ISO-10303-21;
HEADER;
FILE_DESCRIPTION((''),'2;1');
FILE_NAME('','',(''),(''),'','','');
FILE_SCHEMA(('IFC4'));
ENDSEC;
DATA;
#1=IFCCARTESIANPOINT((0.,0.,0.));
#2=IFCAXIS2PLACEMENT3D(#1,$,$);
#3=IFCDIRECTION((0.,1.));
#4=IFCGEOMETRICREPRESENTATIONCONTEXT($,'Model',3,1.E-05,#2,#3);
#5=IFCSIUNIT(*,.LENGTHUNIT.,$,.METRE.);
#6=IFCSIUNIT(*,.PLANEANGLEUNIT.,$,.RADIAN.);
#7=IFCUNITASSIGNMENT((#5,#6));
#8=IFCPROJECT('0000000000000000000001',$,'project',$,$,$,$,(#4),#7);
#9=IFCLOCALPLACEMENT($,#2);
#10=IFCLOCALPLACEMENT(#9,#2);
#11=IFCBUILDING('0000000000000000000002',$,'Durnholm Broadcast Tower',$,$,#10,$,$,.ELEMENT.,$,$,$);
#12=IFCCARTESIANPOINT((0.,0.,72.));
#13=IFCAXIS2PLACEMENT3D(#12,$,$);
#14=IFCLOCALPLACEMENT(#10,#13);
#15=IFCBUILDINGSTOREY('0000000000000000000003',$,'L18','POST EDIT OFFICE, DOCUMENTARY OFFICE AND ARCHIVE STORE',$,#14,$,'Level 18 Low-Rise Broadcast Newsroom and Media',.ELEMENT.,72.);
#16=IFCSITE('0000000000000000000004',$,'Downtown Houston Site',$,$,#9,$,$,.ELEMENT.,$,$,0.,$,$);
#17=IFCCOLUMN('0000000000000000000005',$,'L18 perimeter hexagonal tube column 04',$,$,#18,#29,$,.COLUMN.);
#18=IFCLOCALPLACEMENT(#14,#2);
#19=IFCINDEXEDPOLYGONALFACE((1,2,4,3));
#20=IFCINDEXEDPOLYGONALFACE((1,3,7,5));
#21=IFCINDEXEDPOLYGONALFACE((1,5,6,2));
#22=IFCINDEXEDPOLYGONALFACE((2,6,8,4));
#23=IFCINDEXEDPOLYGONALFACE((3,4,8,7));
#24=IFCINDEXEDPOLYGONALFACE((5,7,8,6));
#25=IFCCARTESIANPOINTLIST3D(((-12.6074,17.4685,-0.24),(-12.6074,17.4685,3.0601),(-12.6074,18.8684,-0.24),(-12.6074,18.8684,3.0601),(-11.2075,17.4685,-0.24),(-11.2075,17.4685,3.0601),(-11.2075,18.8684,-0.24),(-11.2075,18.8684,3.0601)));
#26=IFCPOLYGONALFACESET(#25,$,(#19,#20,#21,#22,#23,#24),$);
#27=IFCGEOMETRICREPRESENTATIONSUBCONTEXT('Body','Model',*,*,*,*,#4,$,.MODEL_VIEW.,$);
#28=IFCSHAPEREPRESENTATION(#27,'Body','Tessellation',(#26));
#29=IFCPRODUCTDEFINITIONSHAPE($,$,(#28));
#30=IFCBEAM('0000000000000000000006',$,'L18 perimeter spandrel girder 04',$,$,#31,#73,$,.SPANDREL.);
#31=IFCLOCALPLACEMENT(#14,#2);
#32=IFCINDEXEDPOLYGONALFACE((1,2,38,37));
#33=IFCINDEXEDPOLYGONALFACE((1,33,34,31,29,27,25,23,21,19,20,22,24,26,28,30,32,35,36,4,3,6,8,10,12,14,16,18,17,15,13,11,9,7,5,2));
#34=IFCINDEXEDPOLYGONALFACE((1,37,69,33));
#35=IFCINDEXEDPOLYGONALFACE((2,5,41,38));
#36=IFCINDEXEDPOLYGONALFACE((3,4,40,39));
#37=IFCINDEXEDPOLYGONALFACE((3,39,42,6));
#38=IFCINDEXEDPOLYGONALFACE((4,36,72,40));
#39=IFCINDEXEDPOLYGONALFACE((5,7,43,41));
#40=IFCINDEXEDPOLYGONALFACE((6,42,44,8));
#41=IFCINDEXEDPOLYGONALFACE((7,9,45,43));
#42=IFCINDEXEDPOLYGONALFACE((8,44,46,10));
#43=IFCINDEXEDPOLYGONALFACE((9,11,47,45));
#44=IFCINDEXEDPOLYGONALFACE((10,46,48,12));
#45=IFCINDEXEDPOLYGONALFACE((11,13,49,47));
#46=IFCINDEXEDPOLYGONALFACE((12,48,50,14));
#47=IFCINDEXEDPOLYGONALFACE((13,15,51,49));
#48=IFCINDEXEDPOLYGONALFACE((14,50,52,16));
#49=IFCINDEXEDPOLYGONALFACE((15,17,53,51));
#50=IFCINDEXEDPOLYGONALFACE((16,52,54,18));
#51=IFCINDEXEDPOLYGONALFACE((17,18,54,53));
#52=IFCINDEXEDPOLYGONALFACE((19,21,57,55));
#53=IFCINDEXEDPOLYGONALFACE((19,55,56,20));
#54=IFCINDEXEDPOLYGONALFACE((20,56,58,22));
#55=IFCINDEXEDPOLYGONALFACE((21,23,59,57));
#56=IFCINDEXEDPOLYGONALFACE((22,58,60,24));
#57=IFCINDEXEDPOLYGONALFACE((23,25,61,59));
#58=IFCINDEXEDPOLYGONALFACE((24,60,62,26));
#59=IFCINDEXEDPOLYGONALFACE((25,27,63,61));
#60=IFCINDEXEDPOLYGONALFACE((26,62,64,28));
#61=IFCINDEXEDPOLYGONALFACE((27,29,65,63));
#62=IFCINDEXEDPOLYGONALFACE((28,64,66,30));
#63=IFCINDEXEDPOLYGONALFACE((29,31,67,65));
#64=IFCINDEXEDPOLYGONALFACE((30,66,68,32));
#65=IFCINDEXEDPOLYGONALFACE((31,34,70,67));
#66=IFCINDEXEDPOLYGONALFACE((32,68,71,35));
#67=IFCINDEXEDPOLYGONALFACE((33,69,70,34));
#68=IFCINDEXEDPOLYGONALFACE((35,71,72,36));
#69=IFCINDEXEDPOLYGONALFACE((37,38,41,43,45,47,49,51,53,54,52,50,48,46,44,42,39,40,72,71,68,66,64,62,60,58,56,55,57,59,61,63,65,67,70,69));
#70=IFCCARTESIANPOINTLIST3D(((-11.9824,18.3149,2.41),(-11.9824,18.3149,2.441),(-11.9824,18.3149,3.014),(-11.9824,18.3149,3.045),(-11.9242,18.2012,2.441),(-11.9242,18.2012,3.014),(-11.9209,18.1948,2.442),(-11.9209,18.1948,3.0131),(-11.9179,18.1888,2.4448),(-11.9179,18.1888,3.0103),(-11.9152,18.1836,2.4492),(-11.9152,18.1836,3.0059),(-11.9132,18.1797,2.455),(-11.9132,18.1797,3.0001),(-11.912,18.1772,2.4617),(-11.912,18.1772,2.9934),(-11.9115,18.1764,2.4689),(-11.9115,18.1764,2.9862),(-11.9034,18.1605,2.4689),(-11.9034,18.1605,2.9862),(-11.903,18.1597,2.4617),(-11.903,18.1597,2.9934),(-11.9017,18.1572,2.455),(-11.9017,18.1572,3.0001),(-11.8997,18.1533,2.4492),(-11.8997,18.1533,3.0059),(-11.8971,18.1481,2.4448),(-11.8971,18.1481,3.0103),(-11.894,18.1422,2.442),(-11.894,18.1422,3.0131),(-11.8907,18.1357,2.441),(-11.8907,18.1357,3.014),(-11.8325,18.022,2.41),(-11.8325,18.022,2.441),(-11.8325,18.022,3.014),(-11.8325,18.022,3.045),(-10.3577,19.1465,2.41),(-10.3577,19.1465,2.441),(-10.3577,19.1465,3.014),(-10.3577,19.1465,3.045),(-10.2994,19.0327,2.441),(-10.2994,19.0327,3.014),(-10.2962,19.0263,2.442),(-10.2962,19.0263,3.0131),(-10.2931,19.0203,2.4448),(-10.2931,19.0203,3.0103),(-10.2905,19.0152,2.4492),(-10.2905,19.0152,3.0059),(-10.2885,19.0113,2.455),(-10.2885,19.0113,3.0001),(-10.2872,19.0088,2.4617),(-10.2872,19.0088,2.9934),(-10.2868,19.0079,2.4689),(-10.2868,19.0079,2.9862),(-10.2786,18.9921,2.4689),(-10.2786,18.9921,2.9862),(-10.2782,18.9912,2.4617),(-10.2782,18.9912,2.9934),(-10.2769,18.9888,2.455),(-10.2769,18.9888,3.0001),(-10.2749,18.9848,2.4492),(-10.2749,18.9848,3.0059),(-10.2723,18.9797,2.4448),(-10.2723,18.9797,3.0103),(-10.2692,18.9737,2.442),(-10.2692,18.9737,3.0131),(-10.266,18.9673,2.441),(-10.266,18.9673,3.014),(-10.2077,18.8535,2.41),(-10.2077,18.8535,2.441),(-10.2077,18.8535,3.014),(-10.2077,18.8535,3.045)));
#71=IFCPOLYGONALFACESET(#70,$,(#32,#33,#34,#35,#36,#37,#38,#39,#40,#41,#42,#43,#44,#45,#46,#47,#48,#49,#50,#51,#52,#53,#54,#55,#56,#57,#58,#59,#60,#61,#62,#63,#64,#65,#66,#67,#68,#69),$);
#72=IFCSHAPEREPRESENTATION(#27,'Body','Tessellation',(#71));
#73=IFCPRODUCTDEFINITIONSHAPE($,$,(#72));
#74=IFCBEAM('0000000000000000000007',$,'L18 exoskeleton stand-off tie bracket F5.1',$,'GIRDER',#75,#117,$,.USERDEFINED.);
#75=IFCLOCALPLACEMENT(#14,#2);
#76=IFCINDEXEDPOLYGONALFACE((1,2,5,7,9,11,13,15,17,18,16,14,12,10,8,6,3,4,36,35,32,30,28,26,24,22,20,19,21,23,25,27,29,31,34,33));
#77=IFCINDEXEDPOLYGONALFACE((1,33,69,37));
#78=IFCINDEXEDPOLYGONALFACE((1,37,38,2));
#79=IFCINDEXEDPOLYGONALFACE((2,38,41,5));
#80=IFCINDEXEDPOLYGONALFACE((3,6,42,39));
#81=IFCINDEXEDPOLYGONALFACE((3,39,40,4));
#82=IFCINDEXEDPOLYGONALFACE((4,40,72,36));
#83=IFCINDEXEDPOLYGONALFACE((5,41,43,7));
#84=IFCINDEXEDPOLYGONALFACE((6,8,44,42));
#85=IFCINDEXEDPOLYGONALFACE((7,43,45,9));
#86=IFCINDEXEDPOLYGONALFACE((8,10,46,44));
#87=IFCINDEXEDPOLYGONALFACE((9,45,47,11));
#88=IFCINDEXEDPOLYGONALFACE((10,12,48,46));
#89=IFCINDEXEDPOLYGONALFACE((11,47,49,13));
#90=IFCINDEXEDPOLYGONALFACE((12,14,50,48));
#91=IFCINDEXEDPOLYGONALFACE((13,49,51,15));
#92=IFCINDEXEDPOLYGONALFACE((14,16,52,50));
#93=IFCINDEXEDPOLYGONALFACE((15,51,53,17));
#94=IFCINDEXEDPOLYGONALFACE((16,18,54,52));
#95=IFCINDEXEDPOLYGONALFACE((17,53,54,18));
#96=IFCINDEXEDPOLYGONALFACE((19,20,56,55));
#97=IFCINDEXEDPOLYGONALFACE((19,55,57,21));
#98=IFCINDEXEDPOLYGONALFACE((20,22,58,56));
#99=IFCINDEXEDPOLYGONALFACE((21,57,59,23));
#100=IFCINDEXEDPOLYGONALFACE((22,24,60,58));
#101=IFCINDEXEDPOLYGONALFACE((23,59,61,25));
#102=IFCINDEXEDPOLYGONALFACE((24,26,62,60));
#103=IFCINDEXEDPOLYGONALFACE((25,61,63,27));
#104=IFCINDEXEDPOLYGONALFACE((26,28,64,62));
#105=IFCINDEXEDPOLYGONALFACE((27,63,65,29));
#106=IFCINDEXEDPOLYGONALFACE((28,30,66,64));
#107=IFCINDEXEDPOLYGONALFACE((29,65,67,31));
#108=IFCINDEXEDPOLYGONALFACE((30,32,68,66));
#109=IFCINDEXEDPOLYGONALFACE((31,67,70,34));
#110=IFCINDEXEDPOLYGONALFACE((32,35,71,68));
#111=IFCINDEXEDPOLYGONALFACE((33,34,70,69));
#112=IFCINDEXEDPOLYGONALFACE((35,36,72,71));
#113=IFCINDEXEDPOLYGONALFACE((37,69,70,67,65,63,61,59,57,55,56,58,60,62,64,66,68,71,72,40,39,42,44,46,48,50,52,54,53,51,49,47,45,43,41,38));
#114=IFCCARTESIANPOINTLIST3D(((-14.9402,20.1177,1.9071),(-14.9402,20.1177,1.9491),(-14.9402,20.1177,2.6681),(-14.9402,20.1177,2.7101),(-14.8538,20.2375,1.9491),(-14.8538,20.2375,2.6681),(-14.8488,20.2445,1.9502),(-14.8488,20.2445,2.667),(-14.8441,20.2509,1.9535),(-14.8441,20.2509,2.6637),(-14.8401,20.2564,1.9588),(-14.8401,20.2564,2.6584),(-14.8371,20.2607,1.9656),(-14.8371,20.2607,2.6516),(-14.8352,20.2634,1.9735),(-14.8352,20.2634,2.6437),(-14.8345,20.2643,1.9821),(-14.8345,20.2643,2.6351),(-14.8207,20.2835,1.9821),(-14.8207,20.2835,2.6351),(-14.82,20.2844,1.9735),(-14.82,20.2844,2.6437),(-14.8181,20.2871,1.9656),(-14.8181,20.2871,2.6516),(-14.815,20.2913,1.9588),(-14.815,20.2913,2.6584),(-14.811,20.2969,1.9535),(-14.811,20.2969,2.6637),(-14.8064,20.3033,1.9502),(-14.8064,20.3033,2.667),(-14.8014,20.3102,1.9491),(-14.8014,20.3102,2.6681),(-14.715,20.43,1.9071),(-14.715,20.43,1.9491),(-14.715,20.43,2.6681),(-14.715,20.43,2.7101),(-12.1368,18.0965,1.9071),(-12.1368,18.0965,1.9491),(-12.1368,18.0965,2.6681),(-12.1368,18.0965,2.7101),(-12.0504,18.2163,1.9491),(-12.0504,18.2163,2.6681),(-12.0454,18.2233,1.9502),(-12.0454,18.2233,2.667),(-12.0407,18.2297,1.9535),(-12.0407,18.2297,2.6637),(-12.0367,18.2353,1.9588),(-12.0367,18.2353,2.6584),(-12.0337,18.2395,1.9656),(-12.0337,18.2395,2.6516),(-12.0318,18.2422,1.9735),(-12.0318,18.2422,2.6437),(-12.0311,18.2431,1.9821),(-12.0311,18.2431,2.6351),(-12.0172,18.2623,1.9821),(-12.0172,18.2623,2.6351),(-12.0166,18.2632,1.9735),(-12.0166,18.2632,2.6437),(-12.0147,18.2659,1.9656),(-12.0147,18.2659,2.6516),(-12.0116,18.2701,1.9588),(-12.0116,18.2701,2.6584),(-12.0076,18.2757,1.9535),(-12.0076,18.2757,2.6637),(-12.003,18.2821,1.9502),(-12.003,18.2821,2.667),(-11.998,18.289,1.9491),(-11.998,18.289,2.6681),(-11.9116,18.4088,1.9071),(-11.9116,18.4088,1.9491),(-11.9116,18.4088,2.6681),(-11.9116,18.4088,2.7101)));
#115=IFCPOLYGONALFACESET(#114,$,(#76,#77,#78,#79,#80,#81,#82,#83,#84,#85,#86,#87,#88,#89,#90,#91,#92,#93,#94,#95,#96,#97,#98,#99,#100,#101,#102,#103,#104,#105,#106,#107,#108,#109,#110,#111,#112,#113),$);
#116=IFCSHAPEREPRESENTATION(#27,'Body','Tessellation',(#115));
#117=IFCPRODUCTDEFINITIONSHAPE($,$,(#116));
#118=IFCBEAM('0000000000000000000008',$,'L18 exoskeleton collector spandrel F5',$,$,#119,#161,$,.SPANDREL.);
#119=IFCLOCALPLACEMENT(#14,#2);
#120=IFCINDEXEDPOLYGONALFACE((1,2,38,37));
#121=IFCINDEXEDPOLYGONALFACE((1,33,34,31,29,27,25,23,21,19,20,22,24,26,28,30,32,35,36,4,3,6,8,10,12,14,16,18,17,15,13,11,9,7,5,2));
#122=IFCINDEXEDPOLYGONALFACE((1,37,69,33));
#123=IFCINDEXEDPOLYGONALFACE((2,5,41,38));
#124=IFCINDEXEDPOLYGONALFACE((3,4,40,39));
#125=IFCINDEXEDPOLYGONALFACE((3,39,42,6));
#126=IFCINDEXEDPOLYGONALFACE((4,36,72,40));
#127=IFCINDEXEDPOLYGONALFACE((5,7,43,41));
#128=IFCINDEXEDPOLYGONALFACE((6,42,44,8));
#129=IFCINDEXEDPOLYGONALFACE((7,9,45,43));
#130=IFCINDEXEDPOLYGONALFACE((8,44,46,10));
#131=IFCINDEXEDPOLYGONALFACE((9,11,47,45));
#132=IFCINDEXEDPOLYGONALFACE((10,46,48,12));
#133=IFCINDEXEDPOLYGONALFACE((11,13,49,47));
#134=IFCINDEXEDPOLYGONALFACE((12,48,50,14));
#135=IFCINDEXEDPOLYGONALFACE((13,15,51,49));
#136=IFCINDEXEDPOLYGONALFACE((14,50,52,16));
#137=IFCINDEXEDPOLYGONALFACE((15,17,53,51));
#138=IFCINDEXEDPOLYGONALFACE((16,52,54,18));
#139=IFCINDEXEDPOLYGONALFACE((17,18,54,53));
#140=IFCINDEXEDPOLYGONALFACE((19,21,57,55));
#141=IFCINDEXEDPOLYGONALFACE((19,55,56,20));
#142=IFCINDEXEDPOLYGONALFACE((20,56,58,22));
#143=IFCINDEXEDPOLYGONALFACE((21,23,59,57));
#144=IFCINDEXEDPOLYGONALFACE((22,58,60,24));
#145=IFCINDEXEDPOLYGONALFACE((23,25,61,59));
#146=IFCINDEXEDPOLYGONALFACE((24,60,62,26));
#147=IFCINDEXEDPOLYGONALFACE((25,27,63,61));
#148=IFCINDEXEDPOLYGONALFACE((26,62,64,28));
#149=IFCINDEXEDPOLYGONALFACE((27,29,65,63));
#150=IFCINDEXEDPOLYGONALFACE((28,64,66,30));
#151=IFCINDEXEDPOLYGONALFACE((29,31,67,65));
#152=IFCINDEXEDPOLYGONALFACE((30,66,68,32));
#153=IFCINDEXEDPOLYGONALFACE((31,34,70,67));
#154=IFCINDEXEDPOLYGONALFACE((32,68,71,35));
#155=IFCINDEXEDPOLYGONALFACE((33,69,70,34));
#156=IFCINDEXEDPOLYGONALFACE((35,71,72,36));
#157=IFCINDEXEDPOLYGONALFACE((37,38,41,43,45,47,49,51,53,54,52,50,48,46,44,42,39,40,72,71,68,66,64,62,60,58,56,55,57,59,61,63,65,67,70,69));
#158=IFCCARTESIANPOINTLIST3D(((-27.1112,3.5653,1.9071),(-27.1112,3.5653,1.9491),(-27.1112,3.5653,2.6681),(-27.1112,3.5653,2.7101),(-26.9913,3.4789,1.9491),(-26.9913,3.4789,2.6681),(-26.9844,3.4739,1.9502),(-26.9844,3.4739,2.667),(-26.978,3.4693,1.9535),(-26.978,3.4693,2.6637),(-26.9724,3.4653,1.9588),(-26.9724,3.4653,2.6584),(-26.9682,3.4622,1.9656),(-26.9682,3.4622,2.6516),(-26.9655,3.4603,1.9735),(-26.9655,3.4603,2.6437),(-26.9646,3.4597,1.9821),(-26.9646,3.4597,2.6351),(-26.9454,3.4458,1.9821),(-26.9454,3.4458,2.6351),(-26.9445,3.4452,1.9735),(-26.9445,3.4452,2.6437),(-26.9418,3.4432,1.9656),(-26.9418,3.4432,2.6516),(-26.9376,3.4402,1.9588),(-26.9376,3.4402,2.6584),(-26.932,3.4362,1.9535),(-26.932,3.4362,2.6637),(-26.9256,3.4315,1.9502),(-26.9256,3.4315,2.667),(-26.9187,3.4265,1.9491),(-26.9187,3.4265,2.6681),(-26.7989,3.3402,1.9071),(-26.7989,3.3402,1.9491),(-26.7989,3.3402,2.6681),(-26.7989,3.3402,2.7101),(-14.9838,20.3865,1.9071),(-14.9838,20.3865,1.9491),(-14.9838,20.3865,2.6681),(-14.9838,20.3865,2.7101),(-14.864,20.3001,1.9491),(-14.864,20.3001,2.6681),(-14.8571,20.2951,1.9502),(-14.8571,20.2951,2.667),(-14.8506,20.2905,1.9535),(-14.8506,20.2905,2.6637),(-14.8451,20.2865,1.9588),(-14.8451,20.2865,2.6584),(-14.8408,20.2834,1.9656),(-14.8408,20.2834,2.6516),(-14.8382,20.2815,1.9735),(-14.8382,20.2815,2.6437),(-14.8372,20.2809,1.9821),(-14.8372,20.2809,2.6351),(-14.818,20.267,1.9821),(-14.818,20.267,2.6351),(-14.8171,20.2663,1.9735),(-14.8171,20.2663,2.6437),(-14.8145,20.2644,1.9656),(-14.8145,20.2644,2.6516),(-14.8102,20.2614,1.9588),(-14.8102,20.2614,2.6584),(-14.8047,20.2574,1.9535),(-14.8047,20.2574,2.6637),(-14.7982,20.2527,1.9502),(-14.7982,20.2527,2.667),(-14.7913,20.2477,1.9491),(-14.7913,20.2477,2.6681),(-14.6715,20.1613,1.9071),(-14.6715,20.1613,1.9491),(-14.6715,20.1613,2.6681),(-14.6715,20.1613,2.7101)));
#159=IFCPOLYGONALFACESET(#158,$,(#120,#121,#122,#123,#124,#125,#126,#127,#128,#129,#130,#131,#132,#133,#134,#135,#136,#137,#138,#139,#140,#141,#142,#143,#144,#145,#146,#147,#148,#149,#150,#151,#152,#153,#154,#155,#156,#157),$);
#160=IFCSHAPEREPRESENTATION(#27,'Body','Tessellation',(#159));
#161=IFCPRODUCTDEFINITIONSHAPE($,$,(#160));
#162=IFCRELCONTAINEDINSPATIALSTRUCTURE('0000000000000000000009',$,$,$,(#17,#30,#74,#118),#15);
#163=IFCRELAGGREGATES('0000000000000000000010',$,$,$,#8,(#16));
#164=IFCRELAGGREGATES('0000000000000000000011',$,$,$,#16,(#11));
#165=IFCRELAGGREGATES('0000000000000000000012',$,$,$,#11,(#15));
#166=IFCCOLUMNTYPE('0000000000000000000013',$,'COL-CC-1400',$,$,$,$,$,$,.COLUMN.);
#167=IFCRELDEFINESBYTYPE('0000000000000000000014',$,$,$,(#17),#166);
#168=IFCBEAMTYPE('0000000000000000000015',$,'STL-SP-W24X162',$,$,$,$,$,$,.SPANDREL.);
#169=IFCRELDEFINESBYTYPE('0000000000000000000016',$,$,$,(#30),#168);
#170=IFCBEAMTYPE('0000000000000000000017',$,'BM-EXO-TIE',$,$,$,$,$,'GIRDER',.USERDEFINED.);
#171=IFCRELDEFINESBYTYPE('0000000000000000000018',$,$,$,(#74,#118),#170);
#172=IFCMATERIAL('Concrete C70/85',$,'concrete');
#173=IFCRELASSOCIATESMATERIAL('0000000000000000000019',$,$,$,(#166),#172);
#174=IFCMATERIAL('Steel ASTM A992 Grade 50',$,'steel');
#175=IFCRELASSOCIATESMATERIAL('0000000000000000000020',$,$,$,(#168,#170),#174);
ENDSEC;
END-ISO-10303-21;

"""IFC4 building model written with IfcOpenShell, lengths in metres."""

from ifc_helpers import new_model, si_unit, direction, frame, origin, origin_2d, place, context, subcontext, project, spatial, rectangle, i_section, extrude, source, transform, mapped, material, material_profile, profile_set, type_object, type_shapes, element, save


model = new_model("IFC4")

# Units and contexts
model_context = context("Model", 3, precision=1e-05, world=origin(), true_north=direction((0.0, 1.0)))
body_context = subcontext(model_context, "Body", "Model", "MODEL_VIEW")
ifc_project = project(units=[si_unit("LENGTHUNIT", "METRE"), si_unit("PLANEANGLEUNIT", "RADIAN")], contexts=[model_context])

# Site, building, storey
site_placement = place(None, origin())
site = spatial("IfcSite", under=ifc_project, at=site_placement, Name="Downtown Houston Site", CompositionType="ELEMENT", RefElevation=0.0)
building_placement = place(site_placement, origin())
building = spatial("IfcBuilding", under=site, at=building_placement, Name="Durnholm Broadcast Tower", CompositionType="ELEMENT")
storey_placement = place(building_placement, frame((0.0, 0.0, 72.0)))
storey = spatial("IfcBuildingStorey", under=building, at=storey_placement, Name="L18", Description="POST EDIT OFFICE, DOCUMENTARY OFFICE AND ARCHIVE STORE", LongName="Level 18 Low-Rise Broadcast Newsroom and Media", CompositionType="ELEMENT", Elevation=72.0)

# Column
ifc_material_1 = material(Name="Concrete C70/85", Category="concrete")
ifc_material_profile_1 = material_profile(ifc_material_1, rectangle(XDim=1.3999, YDim=1.3999, at=origin_2d()), Name="RC1400X1400")
ifc_profile_set_1 = profile_set([ifc_material_profile_1], Name="Concrete C70/85")
column_type = type_object("IfcColumnType", Name="COL-CC-1400", PredefinedType="COLUMN", material=ifc_profile_set_1)
shared_shape_1 = source(origin(), body_context, "Body", "SweptSolid", [
    extrude(rectangle(XDim=1.3999, YDim=1.3999, at=origin_2d()), origin(), (0.0, 0.0, 1.0), 3.3),
])
type_shapes(column_type, [shared_shape_1])
column_placement = place(storey_placement, frame((-11.9075, 18.1685, -0.24), z_axis=(0.0, 0.0, 1.0), x_axis=(1.0, 0.0, 0.0)))
element("IfcColumn", 1, at=column_placement, inside=storey, type_object=column_type, Name="L18 perimeter hexagonal tube column 04", PredefinedType="COLUMN", context=body_context, shape_type="MappedRepresentation", body=[
    mapped(shared_shape_1, transform((0.0, 0.0, 0.0), x_axis=(1.0, 0.0, 0.0), y_axis=(0.0, 1.0, 0.0), z_axis=(0.0, 0.0, 1.0), scale=1.0)),
])

# Beams
ifc_material_2 = material(Name="Steel ASTM A992 Grade 50", Category="steel")
ifc_material_profile_2 = material_profile(ifc_material_2, i_section(OverallWidth=0.3291, OverallDepth=0.635, WebThickness=0.0178, FlangeThickness=0.031, FilletRadius=0.0278, at=origin_2d()), Name="W24X162")
ifc_profile_set_2 = profile_set([ifc_material_profile_2], Name="Steel ASTM A992 Grade 50")
beam_type_1 = type_object("IfcBeamType", Name="STL-SP-W24X162", PredefinedType="SPANDREL", material=ifc_profile_set_2)
shared_shape_2 = source(origin(), body_context, "Body", "SweptSolid", [
    extrude(i_section(OverallWidth=0.3291, OverallDepth=0.635, WebThickness=0.0178, FlangeThickness=0.031, FilletRadius=0.0278, at=origin_2d()), origin(), (0.0, 0.0, 1.0), 1.8252),
])
type_shapes(beam_type_1, [shared_shape_2])
beam_1_placement = place(storey_placement, frame((-11.9075, 18.1685, 2.7275), z_axis=(0.890188, 0.455594, 0.0), x_axis=(-0.455594, 0.890188, 0.0)))
element("IfcBeam", 2, at=beam_1_placement, inside=storey, type_object=beam_type_1, Name="L18 perimeter spandrel girder 04", PredefinedType="SPANDREL", context=body_context, shape_type="MappedRepresentation", body=[
    mapped(shared_shape_2, transform((0.0, 0.0, 0.0), x_axis=(1.0, 0.0, 0.0), y_axis=(0.0, 1.0, 0.0), z_axis=(0.0, 0.0, 1.0), scale=1.0)),
])
ifc_material_profile_3 = material_profile(ifc_material_2, i_section(OverallWidth=0.385, OverallDepth=0.803, WebThickness=0.0237, FlangeThickness=0.042, FilletRadius=0.033, at=origin_2d()), Name="W30X261")
ifc_profile_set_3 = profile_set([ifc_material_profile_3], Name="Steel ASTM A992 Grade 50")
beam_type_2 = type_object("IfcBeamType", Name="BM-EXO-TIE", ElementType="GIRDER", PredefinedType="USERDEFINED", material=ifc_profile_set_3)
shared_shape_3 = source(origin(), body_context, "Body", "SweptSolid", [
    extrude(i_section(OverallWidth=0.385, OverallDepth=0.803, WebThickness=0.0237, FlangeThickness=0.042, FilletRadius=0.033, at=origin_2d()), origin(), (0.0, 0.0, 1.0), 3.4561),
])
beam_2_placement = place(storey_placement, frame((-12.0242, 18.2527, 2.3086), z_axis=(-0.811158, 0.584828, 0.0), x_axis=(-0.584828, -0.811158, 0.0)))
element("IfcBeam", 3, at=beam_2_placement, inside=storey, type_object=beam_type_2, Name="L18 exoskeleton stand-off tie bracket F5.1", ObjectType="GIRDER", PredefinedType="USERDEFINED", context=body_context, shape_type="MappedRepresentation", body=[
    mapped(shared_shape_3, transform((0.0, 0.0, 0.0), x_axis=(1.0, 0.0, 0.0), y_axis=(0.0, 1.0, 0.0), z_axis=(0.0, 0.0, 1.0), scale=1.0)),
])
shared_shape_4 = source(origin(), body_context, "Body", "SweptSolid", [
    extrude(i_section(OverallWidth=0.385, OverallDepth=0.803, WebThickness=0.0237, FlangeThickness=0.042, FilletRadius=0.033, at=origin_2d()), origin(), (0.0, 0.0, 1.0), 20.7371),
])
type_shapes(beam_type_2, [shared_shape_3, shared_shape_4])
beam_3_placement = place(storey_placement, frame((-14.8276, 20.2739, 2.3086), z_axis=(-0.584816, -0.811166, 0.0), x_axis=(0.811166, -0.584816, 0.0)))
element("IfcBeam", 4, at=beam_3_placement, inside=storey, type_object=beam_type_2, Name="L18 exoskeleton collector spandrel F5", PredefinedType="SPANDREL", context=body_context, shape_type="MappedRepresentation", body=[
    mapped(shared_shape_4, transform((0.0, 0.0, 0.0), x_axis=(1.0, 0.0, 0.0), y_axis=(0.0, 1.0, 0.0), z_axis=(0.0, 0.0, 1.0), scale=1.0)),
])

save(model, "model.ifc")
